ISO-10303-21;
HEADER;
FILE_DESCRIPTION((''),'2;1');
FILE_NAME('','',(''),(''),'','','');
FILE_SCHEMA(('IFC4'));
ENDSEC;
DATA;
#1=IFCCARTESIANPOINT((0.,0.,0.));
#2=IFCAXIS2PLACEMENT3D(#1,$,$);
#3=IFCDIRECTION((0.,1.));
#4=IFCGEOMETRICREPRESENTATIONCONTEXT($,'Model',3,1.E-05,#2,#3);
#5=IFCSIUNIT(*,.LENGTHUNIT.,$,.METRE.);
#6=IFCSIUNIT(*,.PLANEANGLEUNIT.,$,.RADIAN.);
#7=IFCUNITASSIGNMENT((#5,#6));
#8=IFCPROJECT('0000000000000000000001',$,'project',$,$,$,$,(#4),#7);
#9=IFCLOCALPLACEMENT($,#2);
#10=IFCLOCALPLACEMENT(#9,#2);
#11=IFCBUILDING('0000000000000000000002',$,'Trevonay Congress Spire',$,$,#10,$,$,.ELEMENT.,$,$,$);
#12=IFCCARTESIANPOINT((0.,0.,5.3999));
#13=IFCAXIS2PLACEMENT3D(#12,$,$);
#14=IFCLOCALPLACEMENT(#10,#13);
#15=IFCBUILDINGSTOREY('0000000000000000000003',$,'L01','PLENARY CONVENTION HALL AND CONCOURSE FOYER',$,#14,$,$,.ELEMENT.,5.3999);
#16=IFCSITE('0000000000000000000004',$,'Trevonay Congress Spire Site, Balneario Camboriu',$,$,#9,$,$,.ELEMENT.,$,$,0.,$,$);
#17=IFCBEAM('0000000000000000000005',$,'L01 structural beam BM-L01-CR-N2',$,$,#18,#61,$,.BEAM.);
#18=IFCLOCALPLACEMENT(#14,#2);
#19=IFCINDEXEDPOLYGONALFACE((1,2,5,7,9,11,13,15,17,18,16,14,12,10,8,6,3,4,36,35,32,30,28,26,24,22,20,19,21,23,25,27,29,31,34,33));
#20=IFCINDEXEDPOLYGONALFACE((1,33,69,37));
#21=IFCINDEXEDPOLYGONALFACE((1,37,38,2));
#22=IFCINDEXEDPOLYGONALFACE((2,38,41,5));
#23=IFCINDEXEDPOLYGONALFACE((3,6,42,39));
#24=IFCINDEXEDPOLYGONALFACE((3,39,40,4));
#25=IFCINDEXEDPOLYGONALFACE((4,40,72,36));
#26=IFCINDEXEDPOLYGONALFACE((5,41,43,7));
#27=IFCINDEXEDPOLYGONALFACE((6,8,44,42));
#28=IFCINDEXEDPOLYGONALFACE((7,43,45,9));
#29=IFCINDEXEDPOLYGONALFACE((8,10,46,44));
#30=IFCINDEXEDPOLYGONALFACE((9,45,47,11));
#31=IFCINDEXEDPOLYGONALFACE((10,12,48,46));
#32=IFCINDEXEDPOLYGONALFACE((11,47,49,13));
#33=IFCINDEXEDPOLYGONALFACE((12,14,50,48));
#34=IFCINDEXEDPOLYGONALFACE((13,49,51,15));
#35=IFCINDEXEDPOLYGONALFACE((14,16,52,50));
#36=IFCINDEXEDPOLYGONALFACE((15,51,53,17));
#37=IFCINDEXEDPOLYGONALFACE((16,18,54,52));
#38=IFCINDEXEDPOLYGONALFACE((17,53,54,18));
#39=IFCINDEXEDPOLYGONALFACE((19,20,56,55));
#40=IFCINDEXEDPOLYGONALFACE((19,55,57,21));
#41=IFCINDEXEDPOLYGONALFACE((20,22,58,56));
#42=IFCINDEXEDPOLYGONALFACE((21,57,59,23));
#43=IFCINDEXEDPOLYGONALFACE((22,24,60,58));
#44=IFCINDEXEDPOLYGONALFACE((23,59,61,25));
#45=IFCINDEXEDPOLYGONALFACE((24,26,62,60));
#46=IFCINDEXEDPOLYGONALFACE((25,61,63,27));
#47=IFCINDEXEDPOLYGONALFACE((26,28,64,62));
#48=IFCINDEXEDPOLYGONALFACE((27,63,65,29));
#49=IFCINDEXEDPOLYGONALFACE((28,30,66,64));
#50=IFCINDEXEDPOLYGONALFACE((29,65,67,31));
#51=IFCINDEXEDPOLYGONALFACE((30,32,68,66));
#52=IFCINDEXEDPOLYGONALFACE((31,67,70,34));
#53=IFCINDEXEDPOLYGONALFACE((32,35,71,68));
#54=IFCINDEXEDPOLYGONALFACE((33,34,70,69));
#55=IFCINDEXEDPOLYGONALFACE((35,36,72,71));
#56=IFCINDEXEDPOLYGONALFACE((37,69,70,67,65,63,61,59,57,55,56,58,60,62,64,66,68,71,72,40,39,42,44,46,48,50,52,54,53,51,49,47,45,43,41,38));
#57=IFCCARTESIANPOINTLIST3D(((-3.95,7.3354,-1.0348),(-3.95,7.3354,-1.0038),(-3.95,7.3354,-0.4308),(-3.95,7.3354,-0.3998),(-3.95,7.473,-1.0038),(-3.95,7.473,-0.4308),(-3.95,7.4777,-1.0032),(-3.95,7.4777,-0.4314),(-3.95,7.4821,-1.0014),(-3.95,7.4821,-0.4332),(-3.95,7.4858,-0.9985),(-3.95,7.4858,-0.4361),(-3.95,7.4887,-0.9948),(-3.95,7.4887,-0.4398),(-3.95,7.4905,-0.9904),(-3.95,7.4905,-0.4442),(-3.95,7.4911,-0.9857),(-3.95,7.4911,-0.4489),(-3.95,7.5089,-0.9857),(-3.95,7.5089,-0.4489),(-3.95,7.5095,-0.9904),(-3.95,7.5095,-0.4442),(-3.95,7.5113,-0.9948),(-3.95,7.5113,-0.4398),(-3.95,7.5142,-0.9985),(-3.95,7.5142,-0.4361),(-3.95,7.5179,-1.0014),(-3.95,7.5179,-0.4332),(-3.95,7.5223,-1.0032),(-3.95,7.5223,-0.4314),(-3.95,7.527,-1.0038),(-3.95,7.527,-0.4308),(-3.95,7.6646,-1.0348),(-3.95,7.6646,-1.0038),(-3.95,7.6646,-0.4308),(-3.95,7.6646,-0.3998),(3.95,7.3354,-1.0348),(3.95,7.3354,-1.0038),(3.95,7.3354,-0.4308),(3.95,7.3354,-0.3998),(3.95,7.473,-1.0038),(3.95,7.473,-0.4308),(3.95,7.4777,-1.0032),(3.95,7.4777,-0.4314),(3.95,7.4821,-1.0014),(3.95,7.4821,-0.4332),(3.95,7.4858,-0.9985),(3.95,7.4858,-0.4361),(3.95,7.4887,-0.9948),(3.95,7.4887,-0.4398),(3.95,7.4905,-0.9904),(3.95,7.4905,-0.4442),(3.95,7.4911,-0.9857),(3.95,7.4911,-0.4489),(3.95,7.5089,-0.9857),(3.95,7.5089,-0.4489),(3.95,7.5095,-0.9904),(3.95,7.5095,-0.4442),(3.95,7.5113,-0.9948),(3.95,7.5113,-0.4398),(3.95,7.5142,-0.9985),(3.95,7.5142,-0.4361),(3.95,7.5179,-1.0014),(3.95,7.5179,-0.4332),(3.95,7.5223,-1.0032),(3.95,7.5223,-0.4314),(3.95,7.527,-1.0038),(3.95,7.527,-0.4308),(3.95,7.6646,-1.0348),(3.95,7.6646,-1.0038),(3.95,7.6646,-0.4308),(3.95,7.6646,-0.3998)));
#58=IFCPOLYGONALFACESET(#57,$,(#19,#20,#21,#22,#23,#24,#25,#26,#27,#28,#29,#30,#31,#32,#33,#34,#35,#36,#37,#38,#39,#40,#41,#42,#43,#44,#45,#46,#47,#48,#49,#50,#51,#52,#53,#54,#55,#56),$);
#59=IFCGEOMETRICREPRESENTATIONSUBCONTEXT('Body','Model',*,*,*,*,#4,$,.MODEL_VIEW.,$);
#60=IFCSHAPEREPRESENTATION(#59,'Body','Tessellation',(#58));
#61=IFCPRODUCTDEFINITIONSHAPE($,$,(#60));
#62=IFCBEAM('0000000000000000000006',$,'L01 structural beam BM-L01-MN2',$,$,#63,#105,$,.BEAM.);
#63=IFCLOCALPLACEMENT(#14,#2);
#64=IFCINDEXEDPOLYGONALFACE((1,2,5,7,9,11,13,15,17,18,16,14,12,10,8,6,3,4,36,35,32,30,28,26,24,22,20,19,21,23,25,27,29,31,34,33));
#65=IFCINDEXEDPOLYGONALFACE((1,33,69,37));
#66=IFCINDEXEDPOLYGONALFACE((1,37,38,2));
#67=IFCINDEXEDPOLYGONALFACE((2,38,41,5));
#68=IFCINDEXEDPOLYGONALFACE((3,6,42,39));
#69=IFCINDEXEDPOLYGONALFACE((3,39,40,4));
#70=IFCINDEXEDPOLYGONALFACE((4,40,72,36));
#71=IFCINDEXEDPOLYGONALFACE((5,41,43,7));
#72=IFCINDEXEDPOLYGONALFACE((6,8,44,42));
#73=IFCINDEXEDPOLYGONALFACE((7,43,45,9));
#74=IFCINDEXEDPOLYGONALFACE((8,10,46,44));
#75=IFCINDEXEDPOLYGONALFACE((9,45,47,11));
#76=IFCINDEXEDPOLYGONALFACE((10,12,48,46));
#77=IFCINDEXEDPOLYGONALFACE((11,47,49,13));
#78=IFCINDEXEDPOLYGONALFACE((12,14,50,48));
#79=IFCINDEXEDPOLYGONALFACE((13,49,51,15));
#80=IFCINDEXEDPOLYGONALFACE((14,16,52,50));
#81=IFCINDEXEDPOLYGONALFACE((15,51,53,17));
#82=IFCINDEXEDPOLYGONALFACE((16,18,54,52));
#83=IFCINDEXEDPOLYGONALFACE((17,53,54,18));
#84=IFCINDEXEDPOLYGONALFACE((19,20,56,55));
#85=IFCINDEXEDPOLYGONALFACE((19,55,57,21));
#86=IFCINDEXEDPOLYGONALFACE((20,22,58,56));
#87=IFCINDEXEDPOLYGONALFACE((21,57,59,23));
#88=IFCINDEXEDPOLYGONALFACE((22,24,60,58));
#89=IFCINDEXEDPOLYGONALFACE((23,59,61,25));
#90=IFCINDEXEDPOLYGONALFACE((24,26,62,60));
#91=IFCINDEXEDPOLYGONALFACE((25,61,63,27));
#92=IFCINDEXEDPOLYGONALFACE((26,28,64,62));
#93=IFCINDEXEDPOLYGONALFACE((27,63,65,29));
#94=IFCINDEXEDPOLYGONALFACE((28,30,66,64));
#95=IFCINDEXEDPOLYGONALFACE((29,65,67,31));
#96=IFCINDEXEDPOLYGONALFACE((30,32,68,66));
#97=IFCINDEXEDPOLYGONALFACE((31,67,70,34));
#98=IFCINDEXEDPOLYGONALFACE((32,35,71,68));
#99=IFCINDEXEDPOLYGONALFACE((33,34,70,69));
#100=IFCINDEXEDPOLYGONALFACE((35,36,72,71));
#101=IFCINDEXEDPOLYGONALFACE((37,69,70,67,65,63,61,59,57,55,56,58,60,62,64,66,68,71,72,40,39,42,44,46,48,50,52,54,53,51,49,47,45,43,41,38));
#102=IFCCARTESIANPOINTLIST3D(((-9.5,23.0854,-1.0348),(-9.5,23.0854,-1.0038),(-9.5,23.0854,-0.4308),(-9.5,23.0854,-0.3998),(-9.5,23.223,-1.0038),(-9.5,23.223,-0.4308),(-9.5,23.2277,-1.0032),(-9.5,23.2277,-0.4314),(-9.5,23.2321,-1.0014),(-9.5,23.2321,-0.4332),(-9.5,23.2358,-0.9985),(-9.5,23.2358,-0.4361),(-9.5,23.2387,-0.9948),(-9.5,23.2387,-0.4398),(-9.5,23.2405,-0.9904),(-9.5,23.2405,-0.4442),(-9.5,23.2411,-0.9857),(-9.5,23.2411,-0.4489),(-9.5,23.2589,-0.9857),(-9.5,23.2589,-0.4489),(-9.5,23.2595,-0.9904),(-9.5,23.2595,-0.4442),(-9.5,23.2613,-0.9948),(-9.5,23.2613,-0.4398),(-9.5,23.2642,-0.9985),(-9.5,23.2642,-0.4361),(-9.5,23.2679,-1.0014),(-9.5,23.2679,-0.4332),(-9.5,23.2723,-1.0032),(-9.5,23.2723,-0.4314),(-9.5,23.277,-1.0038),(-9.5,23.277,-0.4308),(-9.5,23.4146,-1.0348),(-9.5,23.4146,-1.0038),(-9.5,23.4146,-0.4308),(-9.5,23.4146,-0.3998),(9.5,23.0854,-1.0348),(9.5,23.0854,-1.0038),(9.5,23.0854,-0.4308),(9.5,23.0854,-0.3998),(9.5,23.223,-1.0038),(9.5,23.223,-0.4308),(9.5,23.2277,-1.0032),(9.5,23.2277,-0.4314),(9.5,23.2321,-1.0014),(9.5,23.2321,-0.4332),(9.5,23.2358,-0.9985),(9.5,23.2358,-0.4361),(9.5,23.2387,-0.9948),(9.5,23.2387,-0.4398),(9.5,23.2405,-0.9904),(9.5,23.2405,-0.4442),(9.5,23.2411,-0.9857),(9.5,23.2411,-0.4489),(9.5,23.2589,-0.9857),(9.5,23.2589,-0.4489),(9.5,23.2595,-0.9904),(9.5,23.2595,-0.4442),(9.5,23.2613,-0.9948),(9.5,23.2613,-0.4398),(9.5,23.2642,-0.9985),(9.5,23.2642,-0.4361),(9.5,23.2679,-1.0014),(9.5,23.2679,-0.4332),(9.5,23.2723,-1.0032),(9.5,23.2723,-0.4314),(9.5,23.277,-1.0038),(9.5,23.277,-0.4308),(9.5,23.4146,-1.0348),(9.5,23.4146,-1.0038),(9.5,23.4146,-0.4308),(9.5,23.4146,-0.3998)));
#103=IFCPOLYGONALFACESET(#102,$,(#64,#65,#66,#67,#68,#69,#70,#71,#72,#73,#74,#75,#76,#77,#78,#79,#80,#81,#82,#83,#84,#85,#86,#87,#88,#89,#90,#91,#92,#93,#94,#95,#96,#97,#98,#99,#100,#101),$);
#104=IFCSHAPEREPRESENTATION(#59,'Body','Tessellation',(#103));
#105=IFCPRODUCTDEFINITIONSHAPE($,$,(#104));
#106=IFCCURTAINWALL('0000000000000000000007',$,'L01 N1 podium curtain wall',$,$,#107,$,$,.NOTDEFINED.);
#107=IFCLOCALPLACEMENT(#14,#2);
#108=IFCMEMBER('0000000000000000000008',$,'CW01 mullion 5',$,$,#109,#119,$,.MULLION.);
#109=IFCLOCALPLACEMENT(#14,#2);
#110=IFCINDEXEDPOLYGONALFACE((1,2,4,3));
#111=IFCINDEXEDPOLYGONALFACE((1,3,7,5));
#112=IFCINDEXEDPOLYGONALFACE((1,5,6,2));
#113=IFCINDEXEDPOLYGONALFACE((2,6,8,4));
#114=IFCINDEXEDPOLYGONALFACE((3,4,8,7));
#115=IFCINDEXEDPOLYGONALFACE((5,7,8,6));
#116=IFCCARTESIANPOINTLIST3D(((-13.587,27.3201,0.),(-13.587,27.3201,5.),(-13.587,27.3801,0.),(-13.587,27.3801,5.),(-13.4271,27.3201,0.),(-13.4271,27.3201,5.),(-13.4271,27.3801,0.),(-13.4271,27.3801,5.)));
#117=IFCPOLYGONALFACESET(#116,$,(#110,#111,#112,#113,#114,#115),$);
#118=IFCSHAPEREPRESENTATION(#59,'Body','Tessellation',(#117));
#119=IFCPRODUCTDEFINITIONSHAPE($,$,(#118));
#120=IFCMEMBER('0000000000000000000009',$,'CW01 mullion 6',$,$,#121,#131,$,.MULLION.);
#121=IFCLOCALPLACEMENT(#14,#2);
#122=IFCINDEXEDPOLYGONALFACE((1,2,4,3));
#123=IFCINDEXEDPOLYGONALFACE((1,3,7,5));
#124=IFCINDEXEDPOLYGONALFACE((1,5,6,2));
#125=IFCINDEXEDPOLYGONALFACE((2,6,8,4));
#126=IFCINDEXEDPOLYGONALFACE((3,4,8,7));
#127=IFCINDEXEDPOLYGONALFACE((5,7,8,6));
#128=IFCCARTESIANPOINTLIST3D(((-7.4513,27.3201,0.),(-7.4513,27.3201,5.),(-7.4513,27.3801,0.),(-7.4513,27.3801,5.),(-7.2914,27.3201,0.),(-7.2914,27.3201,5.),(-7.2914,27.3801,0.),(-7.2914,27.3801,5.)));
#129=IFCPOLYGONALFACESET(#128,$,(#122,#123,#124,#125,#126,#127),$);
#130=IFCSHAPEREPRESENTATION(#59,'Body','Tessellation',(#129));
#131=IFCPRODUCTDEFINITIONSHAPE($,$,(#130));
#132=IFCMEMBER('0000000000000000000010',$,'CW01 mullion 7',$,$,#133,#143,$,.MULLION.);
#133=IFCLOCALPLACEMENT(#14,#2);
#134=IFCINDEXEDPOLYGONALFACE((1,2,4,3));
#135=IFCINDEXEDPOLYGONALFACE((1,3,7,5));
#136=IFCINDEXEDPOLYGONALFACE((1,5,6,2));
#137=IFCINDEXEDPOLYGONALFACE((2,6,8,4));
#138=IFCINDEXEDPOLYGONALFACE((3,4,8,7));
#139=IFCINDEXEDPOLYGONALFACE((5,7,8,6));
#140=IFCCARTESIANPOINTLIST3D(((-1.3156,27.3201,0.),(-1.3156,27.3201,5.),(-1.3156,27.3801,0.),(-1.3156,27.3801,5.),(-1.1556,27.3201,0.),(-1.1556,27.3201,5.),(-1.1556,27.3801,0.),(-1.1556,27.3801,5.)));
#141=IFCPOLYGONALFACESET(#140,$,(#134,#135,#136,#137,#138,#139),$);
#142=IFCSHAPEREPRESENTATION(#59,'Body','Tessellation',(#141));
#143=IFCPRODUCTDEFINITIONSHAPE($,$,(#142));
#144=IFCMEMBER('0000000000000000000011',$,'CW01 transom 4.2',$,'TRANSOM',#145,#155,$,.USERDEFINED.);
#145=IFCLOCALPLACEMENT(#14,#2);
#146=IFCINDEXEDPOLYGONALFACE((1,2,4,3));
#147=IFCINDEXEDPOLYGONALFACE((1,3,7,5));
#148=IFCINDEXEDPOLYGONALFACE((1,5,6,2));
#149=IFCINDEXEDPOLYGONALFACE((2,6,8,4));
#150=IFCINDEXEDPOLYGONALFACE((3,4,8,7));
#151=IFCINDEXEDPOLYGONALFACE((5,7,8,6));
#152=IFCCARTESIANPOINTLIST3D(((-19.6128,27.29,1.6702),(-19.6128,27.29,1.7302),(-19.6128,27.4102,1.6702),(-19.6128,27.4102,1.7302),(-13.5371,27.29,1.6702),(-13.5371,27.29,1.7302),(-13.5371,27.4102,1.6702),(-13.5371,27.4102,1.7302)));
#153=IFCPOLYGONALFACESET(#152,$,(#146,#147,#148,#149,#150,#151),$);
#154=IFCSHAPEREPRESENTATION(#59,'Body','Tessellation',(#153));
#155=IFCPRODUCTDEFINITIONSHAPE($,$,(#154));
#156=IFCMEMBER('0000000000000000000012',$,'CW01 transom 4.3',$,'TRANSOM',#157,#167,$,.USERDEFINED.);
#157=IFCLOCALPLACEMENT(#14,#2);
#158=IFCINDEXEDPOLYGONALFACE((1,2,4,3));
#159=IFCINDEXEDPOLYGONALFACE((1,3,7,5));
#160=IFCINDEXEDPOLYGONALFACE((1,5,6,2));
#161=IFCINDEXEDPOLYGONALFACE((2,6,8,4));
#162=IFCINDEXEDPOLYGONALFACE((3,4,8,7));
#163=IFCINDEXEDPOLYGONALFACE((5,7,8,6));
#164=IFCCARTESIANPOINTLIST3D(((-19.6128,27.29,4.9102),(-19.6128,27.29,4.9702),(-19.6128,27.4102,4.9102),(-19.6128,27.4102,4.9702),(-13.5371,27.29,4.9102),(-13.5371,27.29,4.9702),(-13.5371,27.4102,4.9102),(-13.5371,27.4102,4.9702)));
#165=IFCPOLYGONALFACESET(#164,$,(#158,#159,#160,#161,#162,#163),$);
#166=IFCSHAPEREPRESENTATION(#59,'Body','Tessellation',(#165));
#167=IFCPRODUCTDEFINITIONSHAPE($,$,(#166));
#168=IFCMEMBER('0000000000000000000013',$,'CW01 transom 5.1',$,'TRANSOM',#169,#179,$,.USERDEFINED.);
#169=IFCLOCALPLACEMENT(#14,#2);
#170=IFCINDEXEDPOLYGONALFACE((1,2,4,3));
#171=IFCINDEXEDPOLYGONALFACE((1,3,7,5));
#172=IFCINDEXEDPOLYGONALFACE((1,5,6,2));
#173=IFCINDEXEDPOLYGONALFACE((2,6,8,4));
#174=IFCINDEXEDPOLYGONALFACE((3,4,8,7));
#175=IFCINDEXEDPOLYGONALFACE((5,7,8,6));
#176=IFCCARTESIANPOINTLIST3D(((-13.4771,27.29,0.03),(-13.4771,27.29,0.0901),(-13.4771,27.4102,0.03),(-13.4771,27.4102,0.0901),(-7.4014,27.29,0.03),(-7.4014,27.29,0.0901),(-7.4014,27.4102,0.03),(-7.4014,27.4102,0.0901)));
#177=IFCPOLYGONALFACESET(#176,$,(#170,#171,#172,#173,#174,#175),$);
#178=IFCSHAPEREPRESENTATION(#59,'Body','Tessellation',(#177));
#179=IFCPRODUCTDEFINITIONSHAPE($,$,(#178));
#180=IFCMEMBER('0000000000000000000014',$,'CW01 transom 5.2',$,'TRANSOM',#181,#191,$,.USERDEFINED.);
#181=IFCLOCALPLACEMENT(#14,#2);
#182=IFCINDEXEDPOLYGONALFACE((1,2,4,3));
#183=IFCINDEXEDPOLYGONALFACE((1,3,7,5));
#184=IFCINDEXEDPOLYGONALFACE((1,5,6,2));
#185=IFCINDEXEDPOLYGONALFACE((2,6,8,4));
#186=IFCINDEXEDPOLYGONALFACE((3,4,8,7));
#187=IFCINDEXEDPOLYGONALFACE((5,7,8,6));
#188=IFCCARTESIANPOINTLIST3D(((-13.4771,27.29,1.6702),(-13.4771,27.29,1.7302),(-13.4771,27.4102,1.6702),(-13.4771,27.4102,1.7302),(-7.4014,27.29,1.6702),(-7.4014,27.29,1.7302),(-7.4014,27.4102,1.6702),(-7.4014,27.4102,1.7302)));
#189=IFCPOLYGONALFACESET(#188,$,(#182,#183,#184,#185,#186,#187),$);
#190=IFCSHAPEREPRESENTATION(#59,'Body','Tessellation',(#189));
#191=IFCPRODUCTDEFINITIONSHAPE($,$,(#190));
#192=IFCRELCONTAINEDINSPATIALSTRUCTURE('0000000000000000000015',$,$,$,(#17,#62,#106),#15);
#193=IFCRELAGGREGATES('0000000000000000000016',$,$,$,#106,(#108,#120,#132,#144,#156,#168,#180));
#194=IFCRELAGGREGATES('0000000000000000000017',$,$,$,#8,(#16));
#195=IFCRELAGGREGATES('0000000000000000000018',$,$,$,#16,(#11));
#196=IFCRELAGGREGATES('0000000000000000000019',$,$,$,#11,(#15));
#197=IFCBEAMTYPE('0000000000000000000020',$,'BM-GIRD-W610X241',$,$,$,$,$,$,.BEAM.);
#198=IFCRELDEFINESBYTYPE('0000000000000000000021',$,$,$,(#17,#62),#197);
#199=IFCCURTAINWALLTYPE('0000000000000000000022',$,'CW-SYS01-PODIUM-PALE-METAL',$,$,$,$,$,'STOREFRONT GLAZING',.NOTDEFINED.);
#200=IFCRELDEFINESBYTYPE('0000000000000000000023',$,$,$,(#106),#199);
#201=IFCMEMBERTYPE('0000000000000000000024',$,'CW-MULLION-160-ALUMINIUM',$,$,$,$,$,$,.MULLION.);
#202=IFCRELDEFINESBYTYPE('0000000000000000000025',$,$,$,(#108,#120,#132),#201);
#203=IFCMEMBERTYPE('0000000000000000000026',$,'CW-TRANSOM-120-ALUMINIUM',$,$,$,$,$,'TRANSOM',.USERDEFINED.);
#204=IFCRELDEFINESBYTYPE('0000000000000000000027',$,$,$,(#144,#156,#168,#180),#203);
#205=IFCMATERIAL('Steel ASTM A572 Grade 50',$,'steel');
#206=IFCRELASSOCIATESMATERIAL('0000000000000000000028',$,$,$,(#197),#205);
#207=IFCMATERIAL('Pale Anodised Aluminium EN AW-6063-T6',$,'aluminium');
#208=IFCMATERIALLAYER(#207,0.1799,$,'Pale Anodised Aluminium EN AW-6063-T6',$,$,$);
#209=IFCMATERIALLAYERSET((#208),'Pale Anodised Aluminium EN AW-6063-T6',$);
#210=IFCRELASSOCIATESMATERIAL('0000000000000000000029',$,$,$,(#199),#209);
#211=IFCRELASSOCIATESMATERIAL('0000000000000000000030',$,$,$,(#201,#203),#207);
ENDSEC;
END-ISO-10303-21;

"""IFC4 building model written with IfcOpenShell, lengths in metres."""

from ifc_helpers import new_model, si_unit, direction, frame, origin, origin_2d, place, context, subcontext, project, spatial, rectangle, i_section, extrude, material, layer, layer_set, material_profile, profile_set, type_object, element, aggregate, save


model = new_model("IFC4")

# Units and contexts
model_context = context("Model", 3, precision=1e-05, world=origin(), true_north=direction((0.0, 1.0)))
body_context = subcontext(model_context, "Body", "Model", "MODEL_VIEW")
ifc_project = project(units=[si_unit("LENGTHUNIT", "METRE"), si_unit("PLANEANGLEUNIT", "RADIAN")], contexts=[model_context])

# Site, building, storey
site_placement = place(None, origin())
site = spatial("IfcSite", under=ifc_project, at=site_placement, Name="Trevonay Congress Spire Site, Balneario Camboriu", CompositionType="ELEMENT", RefElevation=0.0)
building_placement = place(site_placement, origin())
building = spatial("IfcBuilding", under=site, at=building_placement, Name="Trevonay Congress Spire", CompositionType="ELEMENT")
storey_placement = place(building_placement, frame((0.0, 0.0, 5.3999)))
storey = spatial("IfcBuildingStorey", under=building, at=storey_placement, Name="L01", Description="PLENARY CONVENTION HALL AND CONCOURSE FOYER", CompositionType="ELEMENT", Elevation=5.3999)

# Shared definitions
ifc_material_1 = material(Name="Steel ASTM A572 Grade 50", Category="steel")

# Beams
ifc_material_profile_1 = material_profile(ifc_material_1, i_section(OverallWidth=0.3291, OverallDepth=0.635, WebThickness=0.0178, FlangeThickness=0.031, FilletRadius=0.0181, at=origin_2d()), Name="W610x241")
ifc_profile_set_1 = profile_set([ifc_material_profile_1], Name="Steel ASTM A572 Grade 50")
beam_type_1 = type_object("IfcBeamType", Name="BM-GIRD-W610X241", PredefinedType="BEAM", material=ifc_profile_set_1)
beam_1_placement = place(storey_placement, frame((-3.95, 7.5, -0.7173), z_axis=(1.0, 0.0, 0.0), x_axis=(0.0, 1.0, 0.0)))
element("IfcBeam", 1, at=beam_1_placement, inside=storey, type_object=beam_type_1, Name="L01 structural beam BM-L01-CR-N2", PredefinedType="BEAM", context=body_context, shape_type="SweptSolid", body=[
    extrude(i_section(OverallWidth=0.3291, OverallDepth=0.635, WebThickness=0.0178, FlangeThickness=0.031, FilletRadius=0.0181, at=origin_2d()), origin(), (0.0, 0.0, 1.0), 7.8999),
])
beam_2_placement = place(storey_placement, frame((-9.5, 23.25, -0.7173), z_axis=(1.0, 0.0, 0.0), x_axis=(0.0, 1.0, 0.0)))
element("IfcBeam", 2, at=beam_2_placement, inside=storey, type_object=beam_type_1, Name="L01 structural beam BM-L01-MN2", PredefinedType="BEAM", context=body_context, shape_type="SweptSolid", body=[
    extrude(i_section(OverallWidth=0.3291, OverallDepth=0.635, WebThickness=0.0178, FlangeThickness=0.031, FilletRadius=0.0181, at=origin_2d()), origin(), (0.0, 0.0, 1.0), 19.0),
])

# Curtain wall, members
ifc_material_2 = material(Name="Pale Anodised Aluminium EN AW-6063-T6", Category="aluminium")
ifc_layer_1 = layer(ifc_material_2, 0.1799, Name="Pale Anodised Aluminium EN AW-6063-T6")
ifc_layer_set_1 = layer_set([ifc_layer_1], Name="Pale Anodised Aluminium EN AW-6063-T6")
curtain_wall_type = type_object("IfcCurtainWallType", Name="CW-SYS01-PODIUM-PALE-METAL", ElementType="STOREFRONT GLAZING", PredefinedType="NOTDEFINED", material=ifc_layer_set_1)
curtain_wall_placement = place(storey_placement, origin())
curtain_wall = element("IfcCurtainWall", 3, at=curtain_wall_placement, inside=storey, type_object=curtain_wall_type, Name="L01 N1 podium curtain wall", PredefinedType="NOTDEFINED")
ifc_material_profile_2 = material_profile(ifc_material_2, rectangle(XDim=0.0601, YDim=0.1599, at=origin_2d()), Name="CW-MULLION-160-ALUMINIUM")
ifc_profile_set_2 = profile_set([ifc_material_profile_2], Name="Pale Anodised Aluminium EN AW-6063-T6")
member_type_1 = type_object("IfcMemberType", Name="CW-MULLION-160-ALUMINIUM", PredefinedType="MULLION", material=ifc_profile_set_2)
member_1_placement = place(storey_placement, frame((-13.5071, 27.3501, 0.0), z_axis=(0.0, 0.0, 1.0), x_axis=(0.0, 1.0, 0.0)))
member_1 = element("IfcMember", 4, at=member_1_placement, type_object=member_type_1, Name="CW01 mullion 5", PredefinedType="MULLION", context=body_context, shape_type="SweptSolid", body=[
    extrude(rectangle(XDim=0.0601, YDim=0.1599, at=origin_2d()), origin(), (0.0, 0.0, 1.0), 5.0),
])
member_2_placement = place(storey_placement, frame((-7.3713, 27.3501, 0.0), z_axis=(0.0, 0.0, 1.0), x_axis=(0.0, 1.0, 0.0)))
member_2 = element("IfcMember", 5, at=member_2_placement, type_object=member_type_1, Name="CW01 mullion 6", PredefinedType="MULLION", context=body_context, shape_type="SweptSolid", body=[
    extrude(rectangle(XDim=0.0601, YDim=0.1599, at=origin_2d()), origin(), (0.0, 0.0, 1.0), 5.0),
])
member_3_placement = place(storey_placement, frame((-1.2356, 27.3501, 0.0), z_axis=(0.0, 0.0, 1.0), x_axis=(0.0, 1.0, 0.0)))
member_3 = element("IfcMember", 6, at=member_3_placement, type_object=member_type_1, Name="CW01 mullion 7", PredefinedType="MULLION", context=body_context, shape_type="SweptSolid", body=[
    extrude(rectangle(XDim=0.0601, YDim=0.1599, at=origin_2d()), origin(), (0.0, 0.0, 1.0), 5.0),
])
ifc_material_profile_3 = material_profile(ifc_material_2, rectangle(XDim=0.1201, YDim=0.0601, at=origin_2d()), Name="CW-TRANSOM-120-ALUMINIUM")
ifc_profile_set_3 = profile_set([ifc_material_profile_3], Name="Pale Anodised Aluminium EN AW-6063-T6")
member_type_2 = type_object("IfcMemberType", Name="CW-TRANSOM-120-ALUMINIUM", ElementType="TRANSOM", PredefinedType="USERDEFINED", material=ifc_profile_set_3)
member_4_placement = place(storey_placement, frame((-19.6128, 27.3501, 1.7002), z_axis=(1.0, 0.0, 0.0), x_axis=(0.0, 1.0, 0.0)))
member_4 = element("IfcMember", 7, at=member_4_placement, type_object=member_type_2, Name="CW01 transom 4.2", ObjectType="TRANSOM", PredefinedType="USERDEFINED", context=body_context, shape_type="SweptSolid", body=[
    extrude(rectangle(XDim=0.1201, YDim=0.0601, at=origin_2d()), origin(), (0.0, 0.0, 1.0), 6.0757),
])
member_5_placement = place(storey_placement, frame((-19.6128, 27.3501, 4.9402), z_axis=(1.0, 0.0, 0.0), x_axis=(0.0, 1.0, 0.0)))
member_5 = element("IfcMember", 8, at=member_5_placement, type_object=member_type_2, Name="CW01 transom 4.3", ObjectType="TRANSOM", PredefinedType="USERDEFINED", context=body_context, shape_type="SweptSolid", body=[
    extrude(rectangle(XDim=0.1201, YDim=0.0601, at=origin_2d()), origin(), (0.0, 0.0, 1.0), 6.0757),
])
member_6_placement = place(storey_placement, frame((-13.4771, 27.3501, 0.0601), z_axis=(1.0, 0.0, 0.0), x_axis=(0.0, 1.0, 0.0)))
member_6 = element("IfcMember", 9, at=member_6_placement, type_object=member_type_2, Name="CW01 transom 5.1", ObjectType="TRANSOM", PredefinedType="USERDEFINED", context=body_context, shape_type="SweptSolid", body=[
    extrude(rectangle(XDim=0.1201, YDim=0.0601, at=origin_2d()), origin(), (0.0, 0.0, 1.0), 6.0757),
])
member_7_placement = place(storey_placement, frame((-13.4771, 27.3501, 1.7002), z_axis=(1.0, 0.0, 0.0), x_axis=(0.0, 1.0, 0.0)))
member_7 = element("IfcMember", 10, at=member_7_placement, type_object=member_type_2, Name="CW01 transom 5.2", ObjectType="TRANSOM", PredefinedType="USERDEFINED", context=body_context, shape_type="SweptSolid", body=[
    extrude(rectangle(XDim=0.1201, YDim=0.0601, at=origin_2d()), origin(), (0.0, 0.0, 1.0), 6.0757),
])

aggregate(curtain_wall, [member_1, member_2, member_3, member_4, member_5, member_6, member_7])

save(model, "model.ifc")
